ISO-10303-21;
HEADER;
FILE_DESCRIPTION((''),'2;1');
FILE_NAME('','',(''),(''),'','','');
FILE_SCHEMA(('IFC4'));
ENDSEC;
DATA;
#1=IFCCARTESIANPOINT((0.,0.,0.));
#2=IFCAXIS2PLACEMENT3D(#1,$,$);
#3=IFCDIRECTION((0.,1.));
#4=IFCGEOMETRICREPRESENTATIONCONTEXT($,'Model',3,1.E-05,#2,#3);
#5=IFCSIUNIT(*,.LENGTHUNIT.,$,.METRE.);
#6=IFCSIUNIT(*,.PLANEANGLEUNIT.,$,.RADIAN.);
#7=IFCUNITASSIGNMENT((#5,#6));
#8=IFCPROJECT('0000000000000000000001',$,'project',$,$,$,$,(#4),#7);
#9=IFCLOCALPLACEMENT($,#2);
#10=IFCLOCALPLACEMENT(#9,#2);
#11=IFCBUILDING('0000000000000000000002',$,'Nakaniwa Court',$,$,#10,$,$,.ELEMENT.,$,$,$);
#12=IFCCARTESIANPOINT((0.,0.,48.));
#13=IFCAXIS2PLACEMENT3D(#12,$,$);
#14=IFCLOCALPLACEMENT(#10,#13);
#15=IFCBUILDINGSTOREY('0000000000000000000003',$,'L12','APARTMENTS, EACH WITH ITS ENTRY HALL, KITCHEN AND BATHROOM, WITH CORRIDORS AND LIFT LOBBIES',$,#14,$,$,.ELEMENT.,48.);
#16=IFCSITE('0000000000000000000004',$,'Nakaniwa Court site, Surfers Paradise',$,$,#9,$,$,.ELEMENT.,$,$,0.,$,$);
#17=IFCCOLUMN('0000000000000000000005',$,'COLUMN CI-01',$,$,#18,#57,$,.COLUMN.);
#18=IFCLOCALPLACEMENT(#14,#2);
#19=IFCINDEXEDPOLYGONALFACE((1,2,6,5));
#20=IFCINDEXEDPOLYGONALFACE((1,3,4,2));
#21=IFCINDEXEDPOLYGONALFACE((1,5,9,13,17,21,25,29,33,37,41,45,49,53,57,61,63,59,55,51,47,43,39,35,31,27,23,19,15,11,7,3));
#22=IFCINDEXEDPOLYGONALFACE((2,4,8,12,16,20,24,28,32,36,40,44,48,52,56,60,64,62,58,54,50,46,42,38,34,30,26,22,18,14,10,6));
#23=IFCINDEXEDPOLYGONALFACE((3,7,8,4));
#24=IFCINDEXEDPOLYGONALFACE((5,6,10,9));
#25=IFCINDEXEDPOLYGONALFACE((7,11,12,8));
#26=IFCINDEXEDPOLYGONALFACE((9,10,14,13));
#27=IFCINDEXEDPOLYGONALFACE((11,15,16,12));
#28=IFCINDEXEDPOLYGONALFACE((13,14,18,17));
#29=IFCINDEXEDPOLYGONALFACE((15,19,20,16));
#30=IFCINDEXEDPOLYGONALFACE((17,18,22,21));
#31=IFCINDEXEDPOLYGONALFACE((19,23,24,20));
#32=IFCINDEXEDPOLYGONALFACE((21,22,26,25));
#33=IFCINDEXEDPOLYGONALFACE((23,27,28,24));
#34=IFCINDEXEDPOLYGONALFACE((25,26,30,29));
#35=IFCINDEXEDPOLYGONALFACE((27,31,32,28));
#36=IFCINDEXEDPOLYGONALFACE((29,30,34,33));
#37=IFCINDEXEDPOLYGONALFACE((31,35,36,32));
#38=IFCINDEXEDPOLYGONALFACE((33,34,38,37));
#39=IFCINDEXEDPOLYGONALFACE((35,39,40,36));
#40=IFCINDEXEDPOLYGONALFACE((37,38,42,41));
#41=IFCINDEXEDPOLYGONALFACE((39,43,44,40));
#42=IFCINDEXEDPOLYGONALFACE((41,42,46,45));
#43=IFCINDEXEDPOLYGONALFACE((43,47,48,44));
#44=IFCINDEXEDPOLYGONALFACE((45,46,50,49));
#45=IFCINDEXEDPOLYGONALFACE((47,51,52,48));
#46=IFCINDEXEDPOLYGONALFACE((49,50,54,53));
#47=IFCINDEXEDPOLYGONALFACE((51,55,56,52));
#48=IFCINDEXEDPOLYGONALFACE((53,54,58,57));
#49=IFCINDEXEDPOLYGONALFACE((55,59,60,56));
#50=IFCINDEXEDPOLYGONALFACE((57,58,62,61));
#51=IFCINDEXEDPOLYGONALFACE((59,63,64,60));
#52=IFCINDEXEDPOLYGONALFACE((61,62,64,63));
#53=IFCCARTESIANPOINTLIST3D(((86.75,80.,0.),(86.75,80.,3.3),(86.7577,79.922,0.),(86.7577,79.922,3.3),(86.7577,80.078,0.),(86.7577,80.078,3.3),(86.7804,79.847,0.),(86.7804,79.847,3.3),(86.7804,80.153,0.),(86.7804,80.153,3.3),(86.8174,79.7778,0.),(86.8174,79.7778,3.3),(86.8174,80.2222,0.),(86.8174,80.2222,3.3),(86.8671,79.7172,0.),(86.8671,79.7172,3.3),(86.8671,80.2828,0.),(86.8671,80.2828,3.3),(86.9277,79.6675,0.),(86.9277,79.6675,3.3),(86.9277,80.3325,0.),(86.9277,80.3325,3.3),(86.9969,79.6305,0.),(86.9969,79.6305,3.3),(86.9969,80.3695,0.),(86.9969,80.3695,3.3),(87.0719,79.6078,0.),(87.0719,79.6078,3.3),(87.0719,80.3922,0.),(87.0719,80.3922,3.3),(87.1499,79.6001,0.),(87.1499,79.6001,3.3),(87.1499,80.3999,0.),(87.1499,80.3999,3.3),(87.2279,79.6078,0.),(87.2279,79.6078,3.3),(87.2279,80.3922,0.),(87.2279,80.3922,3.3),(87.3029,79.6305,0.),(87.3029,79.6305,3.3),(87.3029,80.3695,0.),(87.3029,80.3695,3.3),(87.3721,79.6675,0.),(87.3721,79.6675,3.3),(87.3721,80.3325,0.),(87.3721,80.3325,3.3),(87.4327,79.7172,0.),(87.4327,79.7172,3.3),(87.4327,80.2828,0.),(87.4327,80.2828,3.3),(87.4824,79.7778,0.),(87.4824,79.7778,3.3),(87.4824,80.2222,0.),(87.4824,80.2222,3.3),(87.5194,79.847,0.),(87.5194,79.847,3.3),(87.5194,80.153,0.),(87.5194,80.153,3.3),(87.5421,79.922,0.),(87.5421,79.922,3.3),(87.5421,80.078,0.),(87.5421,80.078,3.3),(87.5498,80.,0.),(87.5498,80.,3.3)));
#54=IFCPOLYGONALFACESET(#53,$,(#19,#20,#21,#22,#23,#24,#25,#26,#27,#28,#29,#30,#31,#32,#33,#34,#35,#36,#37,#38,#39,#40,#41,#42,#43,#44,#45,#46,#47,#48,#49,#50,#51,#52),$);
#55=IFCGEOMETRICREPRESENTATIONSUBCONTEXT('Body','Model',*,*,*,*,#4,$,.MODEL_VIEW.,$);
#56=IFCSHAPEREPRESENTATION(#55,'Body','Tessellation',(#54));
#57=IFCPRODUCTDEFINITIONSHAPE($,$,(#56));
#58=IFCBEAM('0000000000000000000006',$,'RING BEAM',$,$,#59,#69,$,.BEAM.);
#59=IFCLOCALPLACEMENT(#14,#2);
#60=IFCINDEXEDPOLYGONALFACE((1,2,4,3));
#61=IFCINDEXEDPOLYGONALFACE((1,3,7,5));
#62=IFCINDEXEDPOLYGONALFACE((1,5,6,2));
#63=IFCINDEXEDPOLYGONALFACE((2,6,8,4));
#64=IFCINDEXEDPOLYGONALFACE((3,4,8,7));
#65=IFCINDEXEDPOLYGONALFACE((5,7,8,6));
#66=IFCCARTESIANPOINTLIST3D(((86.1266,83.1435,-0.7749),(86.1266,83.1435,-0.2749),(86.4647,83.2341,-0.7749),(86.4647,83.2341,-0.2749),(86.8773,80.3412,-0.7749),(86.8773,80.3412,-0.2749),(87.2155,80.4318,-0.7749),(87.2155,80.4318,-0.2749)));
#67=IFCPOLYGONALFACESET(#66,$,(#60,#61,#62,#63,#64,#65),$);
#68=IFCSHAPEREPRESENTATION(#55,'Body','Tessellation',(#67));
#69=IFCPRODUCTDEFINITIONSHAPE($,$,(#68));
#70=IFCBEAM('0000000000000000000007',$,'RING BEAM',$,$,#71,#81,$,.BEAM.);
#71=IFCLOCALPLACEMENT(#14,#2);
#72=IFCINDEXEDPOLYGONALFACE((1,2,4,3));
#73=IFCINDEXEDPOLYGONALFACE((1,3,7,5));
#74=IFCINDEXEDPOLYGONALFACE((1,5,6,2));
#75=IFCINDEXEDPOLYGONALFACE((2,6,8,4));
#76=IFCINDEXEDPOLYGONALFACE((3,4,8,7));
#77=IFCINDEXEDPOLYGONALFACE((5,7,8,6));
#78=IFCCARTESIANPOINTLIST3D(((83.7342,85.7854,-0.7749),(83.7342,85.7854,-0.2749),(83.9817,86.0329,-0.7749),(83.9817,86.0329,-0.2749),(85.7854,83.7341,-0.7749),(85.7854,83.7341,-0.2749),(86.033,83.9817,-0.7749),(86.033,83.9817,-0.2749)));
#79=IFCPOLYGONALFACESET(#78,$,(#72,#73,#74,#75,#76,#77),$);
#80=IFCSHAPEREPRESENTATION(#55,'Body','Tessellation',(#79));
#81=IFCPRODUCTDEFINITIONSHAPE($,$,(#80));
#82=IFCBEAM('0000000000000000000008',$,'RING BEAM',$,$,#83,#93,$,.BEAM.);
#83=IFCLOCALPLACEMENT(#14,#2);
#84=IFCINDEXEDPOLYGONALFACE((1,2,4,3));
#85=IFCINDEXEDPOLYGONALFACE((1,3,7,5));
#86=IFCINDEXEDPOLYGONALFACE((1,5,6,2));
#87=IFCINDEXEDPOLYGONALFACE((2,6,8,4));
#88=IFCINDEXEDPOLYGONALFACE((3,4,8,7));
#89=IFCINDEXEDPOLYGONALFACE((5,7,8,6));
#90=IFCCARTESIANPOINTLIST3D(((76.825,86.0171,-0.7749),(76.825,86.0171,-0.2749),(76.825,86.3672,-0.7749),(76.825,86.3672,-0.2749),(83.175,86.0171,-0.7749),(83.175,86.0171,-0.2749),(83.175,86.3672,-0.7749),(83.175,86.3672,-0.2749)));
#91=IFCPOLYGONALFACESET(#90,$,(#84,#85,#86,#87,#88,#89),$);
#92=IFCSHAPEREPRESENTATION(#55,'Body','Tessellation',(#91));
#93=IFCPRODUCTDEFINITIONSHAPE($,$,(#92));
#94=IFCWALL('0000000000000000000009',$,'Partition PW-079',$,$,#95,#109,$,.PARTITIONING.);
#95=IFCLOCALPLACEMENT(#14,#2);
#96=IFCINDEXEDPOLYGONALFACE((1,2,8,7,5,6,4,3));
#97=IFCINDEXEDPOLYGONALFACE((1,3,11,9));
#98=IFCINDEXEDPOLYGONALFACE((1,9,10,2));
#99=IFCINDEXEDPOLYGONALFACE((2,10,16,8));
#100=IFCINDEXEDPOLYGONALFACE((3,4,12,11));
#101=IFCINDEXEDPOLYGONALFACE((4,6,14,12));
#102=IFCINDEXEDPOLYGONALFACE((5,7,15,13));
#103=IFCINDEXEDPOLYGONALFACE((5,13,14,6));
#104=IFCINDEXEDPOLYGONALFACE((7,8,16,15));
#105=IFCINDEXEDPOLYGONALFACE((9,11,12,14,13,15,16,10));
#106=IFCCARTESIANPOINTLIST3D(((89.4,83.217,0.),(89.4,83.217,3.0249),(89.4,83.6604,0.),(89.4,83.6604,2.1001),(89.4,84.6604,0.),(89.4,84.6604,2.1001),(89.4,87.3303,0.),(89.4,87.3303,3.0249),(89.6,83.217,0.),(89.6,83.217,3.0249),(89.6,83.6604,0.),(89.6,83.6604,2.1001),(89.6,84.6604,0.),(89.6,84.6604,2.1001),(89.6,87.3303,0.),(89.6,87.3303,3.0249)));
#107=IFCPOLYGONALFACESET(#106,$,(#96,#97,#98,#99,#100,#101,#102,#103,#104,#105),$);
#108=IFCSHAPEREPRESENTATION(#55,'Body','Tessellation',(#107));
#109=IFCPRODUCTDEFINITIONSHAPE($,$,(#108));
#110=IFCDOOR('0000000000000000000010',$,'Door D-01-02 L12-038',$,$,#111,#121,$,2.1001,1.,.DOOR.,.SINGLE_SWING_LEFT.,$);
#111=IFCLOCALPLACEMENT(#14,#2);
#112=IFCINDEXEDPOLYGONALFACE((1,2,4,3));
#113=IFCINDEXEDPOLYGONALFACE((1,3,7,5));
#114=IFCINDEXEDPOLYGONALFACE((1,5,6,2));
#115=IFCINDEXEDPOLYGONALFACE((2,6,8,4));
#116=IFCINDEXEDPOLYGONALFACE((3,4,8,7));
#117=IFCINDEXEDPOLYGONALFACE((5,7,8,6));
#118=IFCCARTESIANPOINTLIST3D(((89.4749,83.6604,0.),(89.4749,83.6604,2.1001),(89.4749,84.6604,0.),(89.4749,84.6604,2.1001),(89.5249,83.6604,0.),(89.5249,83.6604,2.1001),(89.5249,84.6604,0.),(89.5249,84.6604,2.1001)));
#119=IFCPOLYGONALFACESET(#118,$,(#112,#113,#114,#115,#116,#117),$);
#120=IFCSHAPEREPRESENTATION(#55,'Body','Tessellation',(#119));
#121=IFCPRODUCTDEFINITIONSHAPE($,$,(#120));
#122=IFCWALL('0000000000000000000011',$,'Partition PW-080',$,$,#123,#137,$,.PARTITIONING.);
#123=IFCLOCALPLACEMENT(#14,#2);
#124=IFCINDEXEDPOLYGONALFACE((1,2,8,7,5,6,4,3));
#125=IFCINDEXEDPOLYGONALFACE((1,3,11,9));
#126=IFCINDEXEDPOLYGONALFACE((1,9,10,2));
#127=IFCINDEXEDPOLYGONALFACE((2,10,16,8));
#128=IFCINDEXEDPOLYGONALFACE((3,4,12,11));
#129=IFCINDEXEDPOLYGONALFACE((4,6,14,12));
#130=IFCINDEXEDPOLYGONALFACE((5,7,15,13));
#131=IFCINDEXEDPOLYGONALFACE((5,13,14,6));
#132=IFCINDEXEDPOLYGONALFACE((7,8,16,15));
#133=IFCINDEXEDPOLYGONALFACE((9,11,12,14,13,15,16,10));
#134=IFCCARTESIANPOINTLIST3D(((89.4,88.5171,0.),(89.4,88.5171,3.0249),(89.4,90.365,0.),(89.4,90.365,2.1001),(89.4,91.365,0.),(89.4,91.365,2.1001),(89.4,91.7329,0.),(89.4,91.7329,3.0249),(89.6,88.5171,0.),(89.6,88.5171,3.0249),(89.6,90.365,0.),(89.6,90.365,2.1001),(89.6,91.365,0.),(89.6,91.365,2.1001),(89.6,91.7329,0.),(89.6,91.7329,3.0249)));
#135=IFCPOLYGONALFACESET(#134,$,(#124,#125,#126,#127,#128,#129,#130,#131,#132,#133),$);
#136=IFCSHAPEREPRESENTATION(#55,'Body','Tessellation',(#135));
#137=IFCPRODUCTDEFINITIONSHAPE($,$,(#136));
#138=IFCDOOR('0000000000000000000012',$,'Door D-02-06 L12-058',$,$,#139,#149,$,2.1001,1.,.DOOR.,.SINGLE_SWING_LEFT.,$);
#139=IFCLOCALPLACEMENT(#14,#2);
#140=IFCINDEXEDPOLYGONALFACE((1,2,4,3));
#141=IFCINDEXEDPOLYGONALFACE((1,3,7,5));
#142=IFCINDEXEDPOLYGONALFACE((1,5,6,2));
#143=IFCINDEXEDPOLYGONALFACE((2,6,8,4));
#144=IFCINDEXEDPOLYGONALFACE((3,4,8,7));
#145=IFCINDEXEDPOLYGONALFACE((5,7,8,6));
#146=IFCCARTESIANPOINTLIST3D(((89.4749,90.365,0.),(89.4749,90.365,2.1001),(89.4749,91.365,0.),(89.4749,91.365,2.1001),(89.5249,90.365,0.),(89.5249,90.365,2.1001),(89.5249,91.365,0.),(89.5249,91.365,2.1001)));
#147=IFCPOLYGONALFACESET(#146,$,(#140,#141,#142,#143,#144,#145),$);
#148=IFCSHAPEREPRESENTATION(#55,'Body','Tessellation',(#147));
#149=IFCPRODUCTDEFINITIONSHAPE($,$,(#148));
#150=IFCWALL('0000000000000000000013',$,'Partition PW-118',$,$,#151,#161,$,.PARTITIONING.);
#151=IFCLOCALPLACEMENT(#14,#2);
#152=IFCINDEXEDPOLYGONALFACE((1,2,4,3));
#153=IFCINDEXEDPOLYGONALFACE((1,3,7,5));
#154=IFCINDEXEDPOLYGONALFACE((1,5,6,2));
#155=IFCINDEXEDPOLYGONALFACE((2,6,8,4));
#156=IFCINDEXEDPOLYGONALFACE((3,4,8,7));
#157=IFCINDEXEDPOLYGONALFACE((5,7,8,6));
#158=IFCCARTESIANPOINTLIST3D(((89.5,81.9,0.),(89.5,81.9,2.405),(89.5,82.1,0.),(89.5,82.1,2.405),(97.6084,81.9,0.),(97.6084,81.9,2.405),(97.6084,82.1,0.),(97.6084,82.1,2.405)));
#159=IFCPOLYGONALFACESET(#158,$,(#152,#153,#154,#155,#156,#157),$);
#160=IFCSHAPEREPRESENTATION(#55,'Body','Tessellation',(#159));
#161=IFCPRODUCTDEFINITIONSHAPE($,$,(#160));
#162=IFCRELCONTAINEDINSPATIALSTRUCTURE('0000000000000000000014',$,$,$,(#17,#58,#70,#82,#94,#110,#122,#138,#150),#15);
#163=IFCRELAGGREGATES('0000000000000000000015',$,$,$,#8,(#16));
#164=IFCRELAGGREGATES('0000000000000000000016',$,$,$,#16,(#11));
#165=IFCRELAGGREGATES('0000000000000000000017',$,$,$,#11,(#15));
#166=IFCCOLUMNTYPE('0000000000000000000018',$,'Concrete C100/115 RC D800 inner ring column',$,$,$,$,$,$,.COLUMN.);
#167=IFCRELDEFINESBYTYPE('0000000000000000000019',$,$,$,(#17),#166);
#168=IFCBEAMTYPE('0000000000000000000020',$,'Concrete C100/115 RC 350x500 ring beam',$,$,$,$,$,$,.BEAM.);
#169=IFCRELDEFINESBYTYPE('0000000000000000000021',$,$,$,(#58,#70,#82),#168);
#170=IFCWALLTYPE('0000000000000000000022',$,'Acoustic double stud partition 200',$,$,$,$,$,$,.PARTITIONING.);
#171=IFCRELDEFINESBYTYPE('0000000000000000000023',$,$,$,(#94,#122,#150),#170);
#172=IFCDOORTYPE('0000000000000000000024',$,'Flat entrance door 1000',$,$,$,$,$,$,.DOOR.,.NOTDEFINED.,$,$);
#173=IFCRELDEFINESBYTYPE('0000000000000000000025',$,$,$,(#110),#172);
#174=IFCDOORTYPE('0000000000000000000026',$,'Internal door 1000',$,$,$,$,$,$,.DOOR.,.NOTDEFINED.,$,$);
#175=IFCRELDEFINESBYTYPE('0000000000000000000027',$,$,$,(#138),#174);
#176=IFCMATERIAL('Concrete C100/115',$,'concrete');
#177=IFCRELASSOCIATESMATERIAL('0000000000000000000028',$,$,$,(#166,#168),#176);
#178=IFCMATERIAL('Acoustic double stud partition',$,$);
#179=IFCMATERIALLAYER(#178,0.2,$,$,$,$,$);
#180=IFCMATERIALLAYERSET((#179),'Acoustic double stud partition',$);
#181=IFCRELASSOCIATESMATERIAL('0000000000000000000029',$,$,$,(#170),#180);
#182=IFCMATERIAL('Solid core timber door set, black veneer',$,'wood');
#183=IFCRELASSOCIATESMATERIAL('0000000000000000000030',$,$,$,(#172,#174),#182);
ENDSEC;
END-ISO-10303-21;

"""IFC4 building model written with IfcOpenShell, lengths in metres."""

from ifc_helpers import new_model, si_unit, direction, frame, frame_2d, origin, origin_2d, place, context, subcontext, project, spatial, rectangle, circle, extrude, material, layer, layer_set, material_profile, profile_set, type_object, element, fill, save


model = new_model("IFC4")

# Units and contexts
model_context = context("Model", 3, precision=1e-05, world=origin(), true_north=direction((0.0, 1.0)))
body_context = subcontext(model_context, "Body", "Model", "MODEL_VIEW")
ifc_project = project(units=[si_unit("LENGTHUNIT", "METRE"), si_unit("PLANEANGLEUNIT", "RADIAN")], contexts=[model_context])

# Site, building, storey
site_placement = place(None, origin())
site = spatial("IfcSite", under=ifc_project, at=site_placement, Name="Nakaniwa Court site, Surfers Paradise", CompositionType="ELEMENT", RefElevation=0.0)
building_placement = place(site_placement, origin())
building = spatial("IfcBuilding", under=site, at=building_placement, Name="Nakaniwa Court", CompositionType="ELEMENT")
storey_placement = place(building_placement, frame((0.0, 0.0, 48.0)))
storey = spatial("IfcBuildingStorey", under=building, at=storey_placement, Name="L12", Description="APARTMENTS, EACH WITH ITS ENTRY HALL, KITCHEN AND BATHROOM, WITH CORRIDORS AND LIFT LOBBIES", CompositionType="ELEMENT", Elevation=48.0)

# Column
ifc_material_1 = material(Name="Concrete C100/115", Category="concrete")
ifc_material_profile_1 = material_profile(ifc_material_1, circle(Radius=0.3999, at=origin_2d()), Name="Concrete C100/115 RC D800 inner ring column")
ifc_profile_set_1 = profile_set([ifc_material_profile_1], Name="Concrete C100/115")
column_type = type_object("IfcColumnType", Name="Concrete C100/115 RC D800 inner ring column", PredefinedType="COLUMN", material=ifc_profile_set_1)
for number, where, z_axis, x_axis, name in (
    (1, (87.1499, 80.0, 0.0), (0.0, 0.0, 1.0), (0.0, 1.0, 0.0), "COLUMN CI-01"),
):
    element("IfcColumn", number, at=place(storey_placement, frame(where, z_axis=z_axis, x_axis=x_axis)), inside=storey, type_object=column_type, Name=name, PredefinedType="COLUMN", context=body_context, shape_type="SweptSolid", body=[
        extrude(circle(Radius=0.3999, at=origin_2d()), origin(), (0.0, 0.0, 1.0), 3.3),
    ])

# Beams
ifc_material_profile_2 = material_profile(ifc_material_1, rectangle(XDim=0.3501, YDim=0.5, at=origin_2d()), Name="Concrete C100/115 RC 350x500 ring beam")
ifc_profile_set_2 = profile_set([ifc_material_profile_2], Name="Concrete C100/115")
beam_type = type_object("IfcBeamType", Name="Concrete C100/115 RC 350x500 ring beam", PredefinedType="BEAM", material=ifc_profile_set_2)
beam_1_placement = place(storey_placement, frame((87.0464, 80.3865, -0.5249), z_axis=(-0.258778, 0.965937, 0.0), x_axis=(-0.965937, -0.258778, 0.0)))
element("IfcBeam", 2, at=beam_1_placement, inside=storey, type_object=beam_type, Name="RING BEAM", PredefinedType="BEAM", context=body_context, shape_type="SweptSolid", body=[
    extrude(rectangle(XDim=0.3501, YDim=0.5, at=origin_2d()), origin(), (0.0, 0.0, 1.0), 2.9011),
])
beam_2_placement = place(storey_placement, frame((85.9092, 83.8579, -0.5249), z_axis=(-0.707107, 0.707107, 0.0), x_axis=(-0.707107, -0.707107, 0.0)))
element("IfcBeam", 3, at=beam_2_placement, inside=storey, type_object=beam_type, Name="RING BEAM", PredefinedType="BEAM", context=body_context, shape_type="SweptSolid", body=[
    extrude(rectangle(XDim=0.3501, YDim=0.5, at=origin_2d()), origin(), (0.0, 0.0, 1.0), 2.9009),
])
beam_3_placement = place(storey_placement, frame((83.175, 86.1921, -0.5249), z_axis=(-1.0, 0.0, 0.0), x_axis=(0.0, -1.0, 0.0)))
element("IfcBeam", 4, at=beam_3_placement, inside=storey, type_object=beam_type, Name="RING BEAM", PredefinedType="BEAM", context=body_context, shape_type="SweptSolid", body=[
    extrude(rectangle(XDim=0.3501, YDim=0.5, at=origin_2d()), origin(), (0.0, 0.0, 1.0), 6.3501),
])

# Walls, openings, doors
ifc_material_2 = material(Name="Acoustic double stud partition")
ifc_layer_1 = layer(ifc_material_2, 0.2)
ifc_layer_set_1 = layer_set([ifc_layer_1], Name="Acoustic double stud partition")
wall_type_1 = type_object("IfcWallType", Name="Acoustic double stud partition 200", PredefinedType="PARTITIONING", material=ifc_layer_set_1)
wall_1_placement = place(storey_placement, frame((89.5, 87.3303, 0.0), z_axis=(0.0, 0.0, 1.0), x_axis=(0.0, -1.0, 0.0)))
wall_1 = element("IfcWall", 5, at=wall_1_placement, inside=storey, type_object=wall_type_1, Name="Partition PW-079", PredefinedType="PARTITIONING", context=body_context, shape_type="SweptSolid", body=[
    extrude(rectangle(XDim=4.1133, YDim=0.2, at=frame_2d((2.0566, 0.0))), origin(), (0.0, 0.0, 1.0), 3.0249),
])
opening_1_placement = place(wall_1_placement, frame((2.6699, 0.0, 0.0)))
opening_1 = element("IfcOpeningElement", 6, at=opening_1_placement, cuts=wall_1, PredefinedType="OPENING", context=body_context, shape_type="SweptSolid", body=[
    extrude(rectangle(XDim=1.0, YDim=2.1001, at=frame_2d((0.5, 1.05))), frame((0.0, 0.1099, 0.0), z_axis=(0.0, -1.0, 0.0), x_axis=(1.0, 0.0, 0.0)), (0.0, 0.0, 1.0), 0.22),
])
ifc_material_3 = material(Name="Solid core timber door set, black veneer", Category="wood")
door_type_1 = type_object("IfcDoorType", Name="Flat entrance door 1000", OperationType="NOTDEFINED", PredefinedType="DOOR", material=ifc_material_3)
door_1_placement = place(opening_1_placement, origin())
door_1 = element("IfcDoor", 7, at=door_1_placement, inside=storey, type_object=door_type_1, Name="Door D-01-02 L12-038", OperationType="SINGLE_SWING_LEFT", OverallHeight=2.1001, OverallWidth=1.0, PredefinedType="DOOR", context=body_context, shape_type="SweptSolid", body=[
    extrude(rectangle(XDim=1.0, YDim=2.1001, at=frame_2d((0.5, 1.05))), frame((0.0, 0.0249, 0.0), z_axis=(0.0, -1.0, 0.0), x_axis=(1.0, 0.0, 0.0)), (0.0, 0.0, 1.0), 0.05),
])
fill(opening_1, door_1)
wall_2_placement = place(storey_placement, frame((89.5, 91.7329, 0.0), z_axis=(0.0, 0.0, 1.0), x_axis=(0.0, -1.0, 0.0)))
wall_2 = element("IfcWall", 8, at=wall_2_placement, inside=storey, type_object=wall_type_1, Name="Partition PW-080", PredefinedType="PARTITIONING", context=body_context, shape_type="SweptSolid", body=[
    extrude(rectangle(XDim=3.2158, YDim=0.2, at=frame_2d((1.6079, 0.0))), origin(), (0.0, 0.0, 1.0), 3.0249),
])
opening_2_placement = place(wall_2_placement, frame((0.3679, 0.0, 0.0)))
opening_2 = element("IfcOpeningElement", 9, at=opening_2_placement, cuts=wall_2, PredefinedType="OPENING", context=body_context, shape_type="SweptSolid", body=[
    extrude(rectangle(XDim=1.0, YDim=2.1001, at=frame_2d((0.5, 1.05))), frame((0.0, 0.1099, 0.0), z_axis=(0.0, -1.0, 0.0), x_axis=(1.0, 0.0, 0.0)), (0.0, 0.0, 1.0), 0.22),
])
door_type_2 = type_object("IfcDoorType", Name="Internal door 1000", OperationType="NOTDEFINED", PredefinedType="DOOR", material=ifc_material_3)
door_2_placement = place(opening_2_placement, origin())
door_2 = element("IfcDoor", 10, at=door_2_placement, inside=storey, type_object=door_type_2, Name="Door D-02-06 L12-058", OperationType="SINGLE_SWING_LEFT", OverallHeight=2.1001, OverallWidth=1.0, PredefinedType="DOOR", context=body_context, shape_type="SweptSolid", body=[
    extrude(rectangle(XDim=1.0, YDim=2.1001, at=frame_2d((0.5, 1.05))), frame((0.0, 0.0249, 0.0), z_axis=(0.0, -1.0, 0.0), x_axis=(1.0, 0.0, 0.0)), (0.0, 0.0, 1.0), 0.05),
])
fill(opening_2, door_2)

# Wall
wall_3_placement = place(storey_placement, frame((89.5, 82.0, 0.0), z_axis=(0.0, 0.0, 1.0), x_axis=(1.0, 0.0, 0.0)))
element("IfcWall", 11, at=wall_3_placement, inside=storey, type_object=wall_type_1, Name="Partition PW-118", PredefinedType="PARTITIONING", context=body_context, shape_type="SweptSolid", body=[
    extrude(rectangle(XDim=8.1084, YDim=0.2, at=frame_2d((4.0542, 0.0))), origin(), (0.0, 0.0, 1.0), 2.405),
])

save(model, "model.ifc")
